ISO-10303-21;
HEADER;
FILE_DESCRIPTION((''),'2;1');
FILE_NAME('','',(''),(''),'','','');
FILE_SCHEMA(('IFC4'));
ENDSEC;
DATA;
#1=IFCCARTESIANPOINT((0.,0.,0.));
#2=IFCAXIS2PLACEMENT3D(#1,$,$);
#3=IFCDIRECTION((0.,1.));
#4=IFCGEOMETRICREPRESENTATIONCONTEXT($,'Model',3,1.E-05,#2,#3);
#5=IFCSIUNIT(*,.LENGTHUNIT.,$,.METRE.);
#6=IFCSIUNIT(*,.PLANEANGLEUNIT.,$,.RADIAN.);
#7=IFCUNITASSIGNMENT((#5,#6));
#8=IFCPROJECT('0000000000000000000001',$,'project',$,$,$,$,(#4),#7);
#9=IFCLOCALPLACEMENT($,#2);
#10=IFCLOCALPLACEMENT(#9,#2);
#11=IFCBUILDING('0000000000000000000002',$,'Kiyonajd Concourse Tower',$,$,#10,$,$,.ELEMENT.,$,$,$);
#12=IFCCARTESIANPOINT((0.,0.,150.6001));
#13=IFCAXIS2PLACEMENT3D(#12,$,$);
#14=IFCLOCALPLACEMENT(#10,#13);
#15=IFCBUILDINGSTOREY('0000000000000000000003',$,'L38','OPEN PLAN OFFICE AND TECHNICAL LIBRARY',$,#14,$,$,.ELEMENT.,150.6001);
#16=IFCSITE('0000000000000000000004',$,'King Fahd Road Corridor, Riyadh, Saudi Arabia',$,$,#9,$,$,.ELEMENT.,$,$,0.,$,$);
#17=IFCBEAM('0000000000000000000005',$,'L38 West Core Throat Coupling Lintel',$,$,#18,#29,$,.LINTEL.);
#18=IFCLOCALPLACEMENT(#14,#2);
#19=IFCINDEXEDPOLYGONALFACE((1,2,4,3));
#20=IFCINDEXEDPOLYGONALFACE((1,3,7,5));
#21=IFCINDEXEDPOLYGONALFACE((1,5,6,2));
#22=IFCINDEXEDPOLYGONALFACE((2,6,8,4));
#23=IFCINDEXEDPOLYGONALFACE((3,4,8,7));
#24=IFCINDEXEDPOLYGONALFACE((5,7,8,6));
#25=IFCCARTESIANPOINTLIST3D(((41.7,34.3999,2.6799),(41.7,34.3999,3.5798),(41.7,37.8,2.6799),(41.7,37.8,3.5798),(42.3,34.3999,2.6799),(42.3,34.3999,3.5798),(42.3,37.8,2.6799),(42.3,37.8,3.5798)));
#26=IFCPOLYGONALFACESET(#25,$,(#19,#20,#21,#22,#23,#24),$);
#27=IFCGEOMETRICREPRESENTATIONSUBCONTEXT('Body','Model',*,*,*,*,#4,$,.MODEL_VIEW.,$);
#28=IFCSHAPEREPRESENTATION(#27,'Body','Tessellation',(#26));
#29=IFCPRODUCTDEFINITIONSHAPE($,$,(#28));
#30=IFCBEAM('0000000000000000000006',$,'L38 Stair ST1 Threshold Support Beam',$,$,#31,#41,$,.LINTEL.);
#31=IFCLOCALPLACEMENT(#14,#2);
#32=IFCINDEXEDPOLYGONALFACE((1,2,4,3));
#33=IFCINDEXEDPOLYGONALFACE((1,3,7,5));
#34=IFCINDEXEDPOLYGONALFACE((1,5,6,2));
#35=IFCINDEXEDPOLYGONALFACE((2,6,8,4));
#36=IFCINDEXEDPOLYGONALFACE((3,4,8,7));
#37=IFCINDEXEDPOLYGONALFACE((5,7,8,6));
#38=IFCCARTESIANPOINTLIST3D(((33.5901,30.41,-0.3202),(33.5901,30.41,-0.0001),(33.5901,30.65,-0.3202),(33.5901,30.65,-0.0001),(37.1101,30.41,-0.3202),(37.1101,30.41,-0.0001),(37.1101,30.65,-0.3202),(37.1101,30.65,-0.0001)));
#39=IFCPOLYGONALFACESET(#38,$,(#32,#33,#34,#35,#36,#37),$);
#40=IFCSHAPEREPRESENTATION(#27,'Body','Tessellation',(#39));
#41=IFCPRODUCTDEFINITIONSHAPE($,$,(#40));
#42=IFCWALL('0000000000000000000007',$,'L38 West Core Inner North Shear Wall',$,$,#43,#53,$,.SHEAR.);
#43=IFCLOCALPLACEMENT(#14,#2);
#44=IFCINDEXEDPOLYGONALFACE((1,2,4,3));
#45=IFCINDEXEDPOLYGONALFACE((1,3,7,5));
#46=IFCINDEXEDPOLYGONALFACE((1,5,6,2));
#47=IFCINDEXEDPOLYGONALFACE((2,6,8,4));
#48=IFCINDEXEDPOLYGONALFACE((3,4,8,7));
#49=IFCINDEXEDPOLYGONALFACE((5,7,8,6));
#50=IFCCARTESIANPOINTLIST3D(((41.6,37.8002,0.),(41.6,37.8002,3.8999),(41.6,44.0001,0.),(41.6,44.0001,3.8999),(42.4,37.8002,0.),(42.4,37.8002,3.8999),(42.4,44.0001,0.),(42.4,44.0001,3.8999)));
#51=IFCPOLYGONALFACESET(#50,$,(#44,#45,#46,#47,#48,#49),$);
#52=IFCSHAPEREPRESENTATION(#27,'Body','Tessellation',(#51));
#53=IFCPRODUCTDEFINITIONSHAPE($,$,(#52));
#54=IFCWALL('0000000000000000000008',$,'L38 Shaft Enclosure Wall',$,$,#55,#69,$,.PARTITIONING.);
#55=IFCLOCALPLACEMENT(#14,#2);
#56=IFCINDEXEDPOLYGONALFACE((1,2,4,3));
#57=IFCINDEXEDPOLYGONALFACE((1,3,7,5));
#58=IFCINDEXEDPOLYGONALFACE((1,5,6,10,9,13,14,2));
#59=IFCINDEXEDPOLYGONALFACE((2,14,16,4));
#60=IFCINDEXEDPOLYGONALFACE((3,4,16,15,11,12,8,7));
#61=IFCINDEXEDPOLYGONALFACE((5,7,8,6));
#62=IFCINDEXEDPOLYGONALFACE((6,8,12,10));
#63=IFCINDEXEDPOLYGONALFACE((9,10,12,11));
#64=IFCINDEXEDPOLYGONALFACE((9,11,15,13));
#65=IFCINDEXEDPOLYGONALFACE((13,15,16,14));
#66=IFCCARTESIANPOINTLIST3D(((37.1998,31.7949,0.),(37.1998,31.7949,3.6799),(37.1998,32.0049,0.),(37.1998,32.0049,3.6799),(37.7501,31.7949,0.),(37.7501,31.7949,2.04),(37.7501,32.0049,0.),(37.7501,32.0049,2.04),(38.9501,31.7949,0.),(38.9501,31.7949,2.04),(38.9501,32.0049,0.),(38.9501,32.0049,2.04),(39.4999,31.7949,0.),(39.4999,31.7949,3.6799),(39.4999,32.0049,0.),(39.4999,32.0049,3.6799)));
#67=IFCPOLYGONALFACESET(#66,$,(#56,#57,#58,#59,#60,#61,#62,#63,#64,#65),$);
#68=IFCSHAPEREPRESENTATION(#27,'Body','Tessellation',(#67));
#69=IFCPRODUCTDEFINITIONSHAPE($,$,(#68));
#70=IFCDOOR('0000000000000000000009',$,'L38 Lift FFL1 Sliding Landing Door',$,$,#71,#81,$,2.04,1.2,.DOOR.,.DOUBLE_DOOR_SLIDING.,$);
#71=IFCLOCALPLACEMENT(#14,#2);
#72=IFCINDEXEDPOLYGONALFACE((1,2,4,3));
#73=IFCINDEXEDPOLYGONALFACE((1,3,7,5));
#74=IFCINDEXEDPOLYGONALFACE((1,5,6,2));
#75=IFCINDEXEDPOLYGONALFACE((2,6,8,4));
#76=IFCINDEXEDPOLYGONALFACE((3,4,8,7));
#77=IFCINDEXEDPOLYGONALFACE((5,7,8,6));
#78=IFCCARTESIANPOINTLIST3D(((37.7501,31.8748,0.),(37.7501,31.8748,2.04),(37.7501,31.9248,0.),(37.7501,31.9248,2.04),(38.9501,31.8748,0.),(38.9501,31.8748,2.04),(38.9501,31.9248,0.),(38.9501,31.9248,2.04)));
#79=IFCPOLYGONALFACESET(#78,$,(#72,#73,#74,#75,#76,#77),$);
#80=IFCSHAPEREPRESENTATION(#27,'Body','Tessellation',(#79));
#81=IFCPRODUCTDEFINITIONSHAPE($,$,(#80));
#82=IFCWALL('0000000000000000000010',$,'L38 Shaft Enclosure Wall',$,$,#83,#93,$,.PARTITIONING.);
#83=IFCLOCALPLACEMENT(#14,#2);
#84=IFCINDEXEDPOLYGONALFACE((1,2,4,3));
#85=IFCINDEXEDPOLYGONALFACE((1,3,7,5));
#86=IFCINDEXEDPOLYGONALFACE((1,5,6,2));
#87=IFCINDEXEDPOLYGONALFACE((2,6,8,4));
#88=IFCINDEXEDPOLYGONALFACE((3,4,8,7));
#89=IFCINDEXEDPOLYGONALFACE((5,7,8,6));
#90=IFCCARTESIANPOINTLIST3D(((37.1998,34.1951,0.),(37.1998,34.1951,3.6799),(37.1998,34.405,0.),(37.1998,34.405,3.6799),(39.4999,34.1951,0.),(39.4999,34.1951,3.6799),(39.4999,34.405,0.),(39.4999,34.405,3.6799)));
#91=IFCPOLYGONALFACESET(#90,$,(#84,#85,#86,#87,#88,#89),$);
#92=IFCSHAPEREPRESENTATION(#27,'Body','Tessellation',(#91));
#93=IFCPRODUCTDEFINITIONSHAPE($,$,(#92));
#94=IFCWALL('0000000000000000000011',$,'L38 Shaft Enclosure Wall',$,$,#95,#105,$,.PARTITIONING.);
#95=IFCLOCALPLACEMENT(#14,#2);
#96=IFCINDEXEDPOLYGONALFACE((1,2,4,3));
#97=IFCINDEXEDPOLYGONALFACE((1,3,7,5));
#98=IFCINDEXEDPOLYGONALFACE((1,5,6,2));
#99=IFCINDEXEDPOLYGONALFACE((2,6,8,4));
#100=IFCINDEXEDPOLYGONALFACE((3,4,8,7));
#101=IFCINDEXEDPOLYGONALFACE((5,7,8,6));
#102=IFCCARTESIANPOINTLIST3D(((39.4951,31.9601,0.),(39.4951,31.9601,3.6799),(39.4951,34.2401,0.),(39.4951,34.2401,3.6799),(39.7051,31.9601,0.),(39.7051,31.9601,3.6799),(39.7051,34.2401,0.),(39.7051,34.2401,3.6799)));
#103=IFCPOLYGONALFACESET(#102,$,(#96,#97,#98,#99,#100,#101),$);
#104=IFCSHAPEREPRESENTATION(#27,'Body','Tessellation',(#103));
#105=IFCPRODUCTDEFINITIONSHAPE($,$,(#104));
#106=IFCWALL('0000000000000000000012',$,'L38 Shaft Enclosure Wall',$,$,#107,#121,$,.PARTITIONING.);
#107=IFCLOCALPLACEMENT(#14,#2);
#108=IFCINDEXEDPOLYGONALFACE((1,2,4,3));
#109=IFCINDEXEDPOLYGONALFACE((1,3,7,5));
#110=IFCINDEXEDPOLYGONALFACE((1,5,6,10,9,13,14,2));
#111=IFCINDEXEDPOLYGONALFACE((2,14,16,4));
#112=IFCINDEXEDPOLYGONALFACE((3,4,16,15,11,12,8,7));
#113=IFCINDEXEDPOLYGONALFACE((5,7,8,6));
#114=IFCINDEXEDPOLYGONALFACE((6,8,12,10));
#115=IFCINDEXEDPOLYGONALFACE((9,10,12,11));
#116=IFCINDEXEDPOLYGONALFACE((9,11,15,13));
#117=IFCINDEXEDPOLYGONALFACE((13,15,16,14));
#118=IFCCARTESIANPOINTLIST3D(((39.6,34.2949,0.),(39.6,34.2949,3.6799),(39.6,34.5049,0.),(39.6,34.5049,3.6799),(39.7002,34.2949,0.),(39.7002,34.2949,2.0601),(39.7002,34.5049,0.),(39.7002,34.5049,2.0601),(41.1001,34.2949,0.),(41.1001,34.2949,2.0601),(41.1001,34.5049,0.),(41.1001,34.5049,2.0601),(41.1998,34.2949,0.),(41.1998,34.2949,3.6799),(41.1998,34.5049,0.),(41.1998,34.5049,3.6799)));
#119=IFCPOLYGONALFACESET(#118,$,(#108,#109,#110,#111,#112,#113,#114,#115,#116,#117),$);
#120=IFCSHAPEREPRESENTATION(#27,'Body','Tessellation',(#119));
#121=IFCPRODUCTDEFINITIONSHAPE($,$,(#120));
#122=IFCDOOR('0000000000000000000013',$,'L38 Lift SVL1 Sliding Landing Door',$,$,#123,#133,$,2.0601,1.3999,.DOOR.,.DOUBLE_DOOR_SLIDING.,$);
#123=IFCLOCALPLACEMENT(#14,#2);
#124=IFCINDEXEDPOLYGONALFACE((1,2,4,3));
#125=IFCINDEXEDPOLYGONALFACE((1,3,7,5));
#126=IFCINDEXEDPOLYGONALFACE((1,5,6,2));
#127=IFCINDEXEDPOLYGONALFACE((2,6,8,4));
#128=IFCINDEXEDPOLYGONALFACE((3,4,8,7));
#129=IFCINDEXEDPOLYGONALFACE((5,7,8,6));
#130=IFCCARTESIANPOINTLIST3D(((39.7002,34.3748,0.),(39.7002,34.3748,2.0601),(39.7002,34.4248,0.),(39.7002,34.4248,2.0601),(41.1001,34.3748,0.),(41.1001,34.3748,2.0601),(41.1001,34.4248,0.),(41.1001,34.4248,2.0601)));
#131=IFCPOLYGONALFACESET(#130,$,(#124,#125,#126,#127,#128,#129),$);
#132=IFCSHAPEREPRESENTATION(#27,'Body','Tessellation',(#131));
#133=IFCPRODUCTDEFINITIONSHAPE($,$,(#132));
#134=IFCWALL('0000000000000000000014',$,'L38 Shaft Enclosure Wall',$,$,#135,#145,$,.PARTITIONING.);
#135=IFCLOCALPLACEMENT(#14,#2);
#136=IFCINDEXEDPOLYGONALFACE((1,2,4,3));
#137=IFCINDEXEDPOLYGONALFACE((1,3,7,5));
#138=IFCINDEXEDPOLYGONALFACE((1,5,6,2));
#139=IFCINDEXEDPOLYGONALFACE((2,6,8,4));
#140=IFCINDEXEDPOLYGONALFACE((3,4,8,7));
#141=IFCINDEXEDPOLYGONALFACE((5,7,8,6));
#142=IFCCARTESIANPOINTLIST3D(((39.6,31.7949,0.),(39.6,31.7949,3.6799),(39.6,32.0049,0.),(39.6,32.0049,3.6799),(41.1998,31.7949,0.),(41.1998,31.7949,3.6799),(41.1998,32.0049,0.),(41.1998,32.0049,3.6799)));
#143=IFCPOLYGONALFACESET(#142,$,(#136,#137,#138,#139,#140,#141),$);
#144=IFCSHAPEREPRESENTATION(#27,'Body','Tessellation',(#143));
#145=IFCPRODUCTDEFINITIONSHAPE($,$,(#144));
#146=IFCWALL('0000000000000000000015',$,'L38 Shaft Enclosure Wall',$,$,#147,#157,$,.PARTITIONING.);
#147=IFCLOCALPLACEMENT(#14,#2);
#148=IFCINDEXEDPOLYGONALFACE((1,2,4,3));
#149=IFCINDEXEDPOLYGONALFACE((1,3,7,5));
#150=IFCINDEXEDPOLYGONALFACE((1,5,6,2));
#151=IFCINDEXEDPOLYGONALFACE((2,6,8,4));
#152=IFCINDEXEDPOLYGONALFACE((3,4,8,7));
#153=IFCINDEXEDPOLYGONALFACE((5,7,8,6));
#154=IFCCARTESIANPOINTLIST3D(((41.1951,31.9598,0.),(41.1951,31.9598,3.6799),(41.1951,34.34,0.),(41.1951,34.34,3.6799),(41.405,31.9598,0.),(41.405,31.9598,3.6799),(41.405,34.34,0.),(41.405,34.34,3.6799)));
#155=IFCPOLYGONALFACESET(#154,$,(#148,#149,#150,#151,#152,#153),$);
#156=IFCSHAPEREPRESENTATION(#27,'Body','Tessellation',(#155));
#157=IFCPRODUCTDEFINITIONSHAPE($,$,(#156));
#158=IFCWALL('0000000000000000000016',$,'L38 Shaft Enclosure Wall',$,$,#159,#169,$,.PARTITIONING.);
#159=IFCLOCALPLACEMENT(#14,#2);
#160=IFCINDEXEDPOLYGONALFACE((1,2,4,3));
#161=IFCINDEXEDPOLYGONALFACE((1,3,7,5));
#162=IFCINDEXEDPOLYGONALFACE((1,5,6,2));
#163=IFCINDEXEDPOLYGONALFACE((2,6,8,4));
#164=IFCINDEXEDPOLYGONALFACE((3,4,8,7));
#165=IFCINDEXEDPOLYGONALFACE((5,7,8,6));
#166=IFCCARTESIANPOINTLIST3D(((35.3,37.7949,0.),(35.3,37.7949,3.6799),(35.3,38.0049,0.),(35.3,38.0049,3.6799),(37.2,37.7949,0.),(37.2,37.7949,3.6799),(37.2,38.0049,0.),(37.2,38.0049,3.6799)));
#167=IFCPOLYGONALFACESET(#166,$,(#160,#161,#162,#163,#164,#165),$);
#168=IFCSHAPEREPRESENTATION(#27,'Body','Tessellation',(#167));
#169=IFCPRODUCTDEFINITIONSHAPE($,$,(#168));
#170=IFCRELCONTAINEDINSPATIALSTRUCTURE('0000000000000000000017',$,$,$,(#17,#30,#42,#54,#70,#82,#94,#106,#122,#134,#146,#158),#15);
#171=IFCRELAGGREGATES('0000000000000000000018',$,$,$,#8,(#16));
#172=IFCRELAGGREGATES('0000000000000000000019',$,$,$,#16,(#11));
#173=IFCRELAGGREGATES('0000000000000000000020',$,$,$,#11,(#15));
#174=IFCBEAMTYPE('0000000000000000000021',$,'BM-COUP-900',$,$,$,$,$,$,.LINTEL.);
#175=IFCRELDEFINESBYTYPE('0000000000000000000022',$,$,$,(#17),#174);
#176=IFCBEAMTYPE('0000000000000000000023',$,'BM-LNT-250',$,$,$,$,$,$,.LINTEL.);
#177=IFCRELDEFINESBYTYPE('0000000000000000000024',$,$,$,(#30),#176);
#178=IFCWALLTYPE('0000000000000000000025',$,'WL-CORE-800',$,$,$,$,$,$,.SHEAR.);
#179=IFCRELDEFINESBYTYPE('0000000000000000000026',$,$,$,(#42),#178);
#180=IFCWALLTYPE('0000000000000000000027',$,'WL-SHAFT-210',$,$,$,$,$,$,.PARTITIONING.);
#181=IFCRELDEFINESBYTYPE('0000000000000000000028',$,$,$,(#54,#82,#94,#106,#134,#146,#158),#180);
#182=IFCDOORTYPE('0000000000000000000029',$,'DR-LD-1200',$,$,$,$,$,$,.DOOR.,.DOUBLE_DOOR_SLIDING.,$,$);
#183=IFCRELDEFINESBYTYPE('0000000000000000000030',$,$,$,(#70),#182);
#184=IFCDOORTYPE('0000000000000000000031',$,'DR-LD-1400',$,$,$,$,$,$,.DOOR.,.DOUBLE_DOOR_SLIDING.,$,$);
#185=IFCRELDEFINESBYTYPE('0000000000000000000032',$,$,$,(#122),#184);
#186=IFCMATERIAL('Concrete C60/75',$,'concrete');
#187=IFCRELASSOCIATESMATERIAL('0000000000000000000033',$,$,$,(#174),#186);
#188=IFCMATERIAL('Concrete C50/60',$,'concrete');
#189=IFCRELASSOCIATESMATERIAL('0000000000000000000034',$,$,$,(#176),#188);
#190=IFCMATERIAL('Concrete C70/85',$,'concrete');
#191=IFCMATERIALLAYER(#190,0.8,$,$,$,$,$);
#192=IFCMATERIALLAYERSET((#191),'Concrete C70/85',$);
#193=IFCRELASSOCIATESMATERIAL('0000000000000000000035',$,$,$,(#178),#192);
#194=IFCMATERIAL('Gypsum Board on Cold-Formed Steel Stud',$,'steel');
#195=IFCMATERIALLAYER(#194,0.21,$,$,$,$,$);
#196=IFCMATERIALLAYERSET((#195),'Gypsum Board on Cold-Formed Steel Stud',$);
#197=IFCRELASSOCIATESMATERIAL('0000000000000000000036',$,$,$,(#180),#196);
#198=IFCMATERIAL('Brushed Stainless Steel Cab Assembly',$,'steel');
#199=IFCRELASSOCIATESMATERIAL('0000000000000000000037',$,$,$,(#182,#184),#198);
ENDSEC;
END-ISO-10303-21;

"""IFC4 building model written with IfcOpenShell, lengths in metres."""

from ifc_helpers import new_model, si_unit, direction, frame, frame_2d, origin, origin_2d, place, context, subcontext, project, spatial, rectangle, extrude, material, layer, layer_set, material_profile, profile_set, type_object, element, fill, save


model = new_model("IFC4")

# Units and contexts
model_context = context("Model", 3, precision=1e-05, world=origin(), true_north=direction((0.0, 1.0)))
body_context = subcontext(model_context, "Body", "Model", "MODEL_VIEW")
ifc_project = project(units=[si_unit("LENGTHUNIT", "METRE"), si_unit("PLANEANGLEUNIT", "RADIAN")], contexts=[model_context])

# Site, building, storey
site_placement = place(None, origin())
site = spatial("IfcSite", under=ifc_project, at=site_placement, Name="King Fahd Road Corridor, Riyadh, Saudi Arabia", CompositionType="ELEMENT", RefElevation=0.0)
building_placement = place(site_placement, origin())
building = spatial("IfcBuilding", under=site, at=building_placement, Name="Kiyonajd Concourse Tower", CompositionType="ELEMENT")
storey_placement = place(building_placement, frame((0.0, 0.0, 150.6001)))
storey = spatial("IfcBuildingStorey", under=building, at=storey_placement, Name="L38", Description="OPEN PLAN OFFICE AND TECHNICAL LIBRARY", CompositionType="ELEMENT", Elevation=150.6001)

# Beams
ifc_material_1 = material(Name="Concrete C60/75", Category="concrete")
ifc_material_profile_1 = material_profile(ifc_material_1, rectangle(XDim=0.6001, YDim=0.8999, at=origin_2d()), Name="RCBM-600x900")
ifc_profile_set_1 = profile_set([ifc_material_profile_1], Name="Concrete C60/75")
beam_type_1 = type_object("IfcBeamType", Name="BM-COUP-900", PredefinedType="LINTEL", material=ifc_profile_set_1)
beam_1_placement = place(storey_placement, frame((42.0, 34.3999, 3.1299), z_axis=(0.0, 1.0, 0.0), x_axis=(-1.0, 0.0, 0.0)))
element("IfcBeam", 1, at=beam_1_placement, inside=storey, type_object=beam_type_1, Name="L38 West Core Throat Coupling Lintel", PredefinedType="LINTEL", context=body_context, shape_type="SweptSolid", body=[
    extrude(rectangle(XDim=0.6001, YDim=0.8999, at=origin_2d()), origin(), (0.0, 0.0, 1.0), 3.4001),
])
ifc_material_2 = material(Name="Concrete C50/60", Category="concrete")
ifc_material_profile_2 = material_profile(ifc_material_2, rectangle(XDim=0.24, YDim=0.3201, at=origin_2d()), Name="RCBM-240x320")
ifc_profile_set_2 = profile_set([ifc_material_profile_2], Name="Concrete C50/60")
beam_type_2 = type_object("IfcBeamType", Name="BM-LNT-250", PredefinedType="LINTEL", material=ifc_profile_set_2)
beam_2_placement = place(storey_placement, frame((33.5901, 30.53, -0.1602), z_axis=(1.0, 0.0, 0.0), x_axis=(0.0, 1.0, 0.0)))
element("IfcBeam", 2, at=beam_2_placement, inside=storey, type_object=beam_type_2, Name="L38 Stair ST1 Threshold Support Beam", PredefinedType="LINTEL", context=body_context, shape_type="SweptSolid", body=[
    extrude(rectangle(XDim=0.24, YDim=0.3201, at=origin_2d()), origin(), (0.0, 0.0, 1.0), 3.52),
])

# Wall
ifc_material_3 = material(Name="Concrete C70/85", Category="concrete")
ifc_layer_1 = layer(ifc_material_3, 0.8)
ifc_layer_set_1 = layer_set([ifc_layer_1], Name="Concrete C70/85")
wall_type_1 = type_object("IfcWallType", Name="WL-CORE-800", PredefinedType="SHEAR", material=ifc_layer_set_1)
wall_1_placement = place(storey_placement, frame((42.0, 37.8, 0.0), z_axis=(0.0, 0.0, 1.0), x_axis=(0.0, 1.0, 0.0)))
element("IfcWall", 3, at=wall_1_placement, inside=storey, type_object=wall_type_1, Name="L38 West Core Inner North Shear Wall", PredefinedType="SHEAR", context=body_context, shape_type="SweptSolid", body=[
    extrude(rectangle(XDim=6.2, YDim=0.8, at=frame_2d((3.1001, 0.0))), origin(), (0.0, 0.0, 1.0), 3.8999),
])

# Wall, opening, door
ifc_material_4 = material(Name="Gypsum Board on Cold-Formed Steel Stud", Category="steel")
ifc_layer_2 = layer(ifc_material_4, 0.21)
ifc_layer_set_2 = layer_set([ifc_layer_2], Name="Gypsum Board on Cold-Formed Steel Stud")
wall_type_2 = type_object("IfcWallType", Name="WL-SHAFT-210", PredefinedType="PARTITIONING", material=ifc_layer_set_2)
wall_2_placement = place(storey_placement, frame((37.2, 31.8999, 0.0), z_axis=(0.0, 0.0, 1.0), x_axis=(1.0, 0.0, 0.0)))
wall_2 = element("IfcWall", 4, at=wall_2_placement, inside=storey, type_object=wall_type_2, Name="L38 Shaft Enclosure Wall", PredefinedType="PARTITIONING", context=body_context, shape_type="SweptSolid", body=[
    extrude(rectangle(XDim=2.3, YDim=0.21, at=frame_2d((1.1499, 0.0))), origin(), (0.0, 0.0, 1.0), 3.6799),
])
opening_1_placement = place(wall_2_placement, frame((0.55, 0.0, 0.0)))
opening_1 = element("IfcOpeningElement", 5, at=opening_1_placement, cuts=wall_2, PredefinedType="OPENING", context=body_context, shape_type="SweptSolid", body=[
    extrude(rectangle(XDim=1.2, YDim=2.04, at=frame_2d((0.6001, 1.02))), frame((0.0, 0.115, 0.0), z_axis=(0.0, -1.0, 0.0), x_axis=(1.0, 0.0, 0.0)), (0.0, 0.0, 1.0), 0.23),
])
ifc_material_5 = material(Name="Brushed Stainless Steel Cab Assembly", Category="steel")
door_type_1 = type_object("IfcDoorType", Name="DR-LD-1200", OperationType="DOUBLE_DOOR_SLIDING", PredefinedType="DOOR", material=ifc_material_5)
door_1_placement = place(opening_1_placement, origin())
door_1 = element("IfcDoor", 6, at=door_1_placement, inside=storey, type_object=door_type_1, Name="L38 Lift FFL1 Sliding Landing Door", OperationType="DOUBLE_DOOR_SLIDING", OverallHeight=2.04, OverallWidth=1.2, PredefinedType="DOOR", context=body_context, shape_type="SweptSolid", body=[
    extrude(rectangle(XDim=1.2, YDim=2.04, at=frame_2d((0.6001, 1.02))), frame((0.0, 0.0249, 0.0), z_axis=(0.0, -1.0, 0.0), x_axis=(1.0, 0.0, 0.0)), (0.0, 0.0, 1.0), 0.05),
])
fill(opening_1, door_1)

# Walls
wall_3_placement = place(storey_placement, frame((37.2, 34.3, 0.0), z_axis=(0.0, 0.0, 1.0), x_axis=(1.0, 0.0, 0.0)))
element("IfcWall", 7, at=wall_3_placement, inside=storey, type_object=wall_type_2, Name="L38 Shaft Enclosure Wall", PredefinedType="PARTITIONING", context=body_context, shape_type="SweptSolid", body=[
    extrude(rectangle(XDim=2.3, YDim=0.21, at=frame_2d((1.1499, 0.0))), origin(), (0.0, 0.0, 1.0), 3.6799),
])
wall_4_placement = place(storey_placement, frame((39.6001, 31.96, 0.0), z_axis=(0.0, 0.0, 1.0), x_axis=(0.0, 1.0, 0.0)))
element("IfcWall", 8, at=wall_4_placement, inside=storey, type_object=wall_type_2, Name="L38 Shaft Enclosure Wall", PredefinedType="PARTITIONING", context=body_context, shape_type="SweptSolid", body=[
    extrude(rectangle(XDim=2.28, YDim=0.21, at=frame_2d((1.1401, 0.0))), origin(), (0.0, 0.0, 1.0), 3.6799),
])

# Wall, opening, door
wall_5_placement = place(storey_placement, frame((39.6001, 34.3999, 0.0), z_axis=(0.0, 0.0, 1.0), x_axis=(1.0, 0.0, 0.0)))
wall_5 = element("IfcWall", 9, at=wall_5_placement, inside=storey, type_object=wall_type_2, Name="L38 Shaft Enclosure Wall", PredefinedType="PARTITIONING", context=body_context, shape_type="SweptSolid", body=[
    extrude(rectangle(XDim=1.5999, YDim=0.21, at=frame_2d((0.7998, 0.0))), origin(), (0.0, 0.0, 1.0), 3.6799),
])
opening_2_placement = place(wall_5_placement, frame((0.1001, 0.0, 0.0)))
opening_2 = element("IfcOpeningElement", 10, at=opening_2_placement, cuts=wall_5, PredefinedType="OPENING", context=body_context, shape_type="SweptSolid", body=[
    extrude(rectangle(XDim=1.3999, YDim=2.0601, at=frame_2d((0.7, 1.03))), frame((0.0, 0.115, 0.0), z_axis=(0.0, -1.0, 0.0), x_axis=(1.0, 0.0, 0.0)), (0.0, 0.0, 1.0), 0.23),
])
door_type_2 = type_object("IfcDoorType", Name="DR-LD-1400", OperationType="DOUBLE_DOOR_SLIDING", PredefinedType="DOOR", material=ifc_material_5)
door_2_placement = place(opening_2_placement, origin())
door_2 = element("IfcDoor", 11, at=door_2_placement, inside=storey, type_object=door_type_2, Name="L38 Lift SVL1 Sliding Landing Door", OperationType="DOUBLE_DOOR_SLIDING", OverallHeight=2.0601, OverallWidth=1.3999, PredefinedType="DOOR", context=body_context, shape_type="SweptSolid", body=[
    extrude(rectangle(XDim=1.3999, YDim=2.0601, at=frame_2d((0.7, 1.03))), frame((0.0, 0.0249, 0.0), z_axis=(0.0, -1.0, 0.0), x_axis=(1.0, 0.0, 0.0)), (0.0, 0.0, 1.0), 0.05),
])
fill(opening_2, door_2)

# Walls
wall_6_placement = place(storey_placement, frame((39.6001, 31.8999, 0.0), z_axis=(0.0, 0.0, 1.0), x_axis=(1.0, 0.0, 0.0)))
element("IfcWall", 12, at=wall_6_placement, inside=storey, type_object=wall_type_2, Name="L38 Shaft Enclosure Wall", PredefinedType="PARTITIONING", context=body_context, shape_type="SweptSolid", body=[
    extrude(rectangle(XDim=1.5999, YDim=0.21, at=frame_2d((0.7998, 0.0))), origin(), (0.0, 0.0, 1.0), 3.6799),
])
wall_7_placement = place(storey_placement, frame((41.3, 31.96, 0.0), z_axis=(0.0, 0.0, 1.0), x_axis=(0.0, 1.0, 0.0)))
element("IfcWall", 13, at=wall_7_placement, inside=storey, type_object=wall_type_2, Name="L38 Shaft Enclosure Wall", PredefinedType="PARTITIONING", context=body_context, shape_type="SweptSolid", body=[
    extrude(rectangle(XDim=2.3801, YDim=0.21, at=frame_2d((1.1899, 0.0))), origin(), (0.0, 0.0, 1.0), 3.6799),
])
wall_8_placement = place(storey_placement, frame((35.3, 37.8999, 0.0), z_axis=(0.0, 0.0, 1.0), x_axis=(1.0, 0.0, 0.0)))
element("IfcWall", 14, at=wall_8_placement, inside=storey, type_object=wall_type_2, Name="L38 Shaft Enclosure Wall", PredefinedType="PARTITIONING", context=body_context, shape_type="SweptSolid", body=[
    extrude(rectangle(XDim=1.8999, YDim=0.21, at=frame_2d((0.95, 0.0))), origin(), (0.0, 0.0, 1.0), 3.6799),
])

save(model, "model.ifc")
